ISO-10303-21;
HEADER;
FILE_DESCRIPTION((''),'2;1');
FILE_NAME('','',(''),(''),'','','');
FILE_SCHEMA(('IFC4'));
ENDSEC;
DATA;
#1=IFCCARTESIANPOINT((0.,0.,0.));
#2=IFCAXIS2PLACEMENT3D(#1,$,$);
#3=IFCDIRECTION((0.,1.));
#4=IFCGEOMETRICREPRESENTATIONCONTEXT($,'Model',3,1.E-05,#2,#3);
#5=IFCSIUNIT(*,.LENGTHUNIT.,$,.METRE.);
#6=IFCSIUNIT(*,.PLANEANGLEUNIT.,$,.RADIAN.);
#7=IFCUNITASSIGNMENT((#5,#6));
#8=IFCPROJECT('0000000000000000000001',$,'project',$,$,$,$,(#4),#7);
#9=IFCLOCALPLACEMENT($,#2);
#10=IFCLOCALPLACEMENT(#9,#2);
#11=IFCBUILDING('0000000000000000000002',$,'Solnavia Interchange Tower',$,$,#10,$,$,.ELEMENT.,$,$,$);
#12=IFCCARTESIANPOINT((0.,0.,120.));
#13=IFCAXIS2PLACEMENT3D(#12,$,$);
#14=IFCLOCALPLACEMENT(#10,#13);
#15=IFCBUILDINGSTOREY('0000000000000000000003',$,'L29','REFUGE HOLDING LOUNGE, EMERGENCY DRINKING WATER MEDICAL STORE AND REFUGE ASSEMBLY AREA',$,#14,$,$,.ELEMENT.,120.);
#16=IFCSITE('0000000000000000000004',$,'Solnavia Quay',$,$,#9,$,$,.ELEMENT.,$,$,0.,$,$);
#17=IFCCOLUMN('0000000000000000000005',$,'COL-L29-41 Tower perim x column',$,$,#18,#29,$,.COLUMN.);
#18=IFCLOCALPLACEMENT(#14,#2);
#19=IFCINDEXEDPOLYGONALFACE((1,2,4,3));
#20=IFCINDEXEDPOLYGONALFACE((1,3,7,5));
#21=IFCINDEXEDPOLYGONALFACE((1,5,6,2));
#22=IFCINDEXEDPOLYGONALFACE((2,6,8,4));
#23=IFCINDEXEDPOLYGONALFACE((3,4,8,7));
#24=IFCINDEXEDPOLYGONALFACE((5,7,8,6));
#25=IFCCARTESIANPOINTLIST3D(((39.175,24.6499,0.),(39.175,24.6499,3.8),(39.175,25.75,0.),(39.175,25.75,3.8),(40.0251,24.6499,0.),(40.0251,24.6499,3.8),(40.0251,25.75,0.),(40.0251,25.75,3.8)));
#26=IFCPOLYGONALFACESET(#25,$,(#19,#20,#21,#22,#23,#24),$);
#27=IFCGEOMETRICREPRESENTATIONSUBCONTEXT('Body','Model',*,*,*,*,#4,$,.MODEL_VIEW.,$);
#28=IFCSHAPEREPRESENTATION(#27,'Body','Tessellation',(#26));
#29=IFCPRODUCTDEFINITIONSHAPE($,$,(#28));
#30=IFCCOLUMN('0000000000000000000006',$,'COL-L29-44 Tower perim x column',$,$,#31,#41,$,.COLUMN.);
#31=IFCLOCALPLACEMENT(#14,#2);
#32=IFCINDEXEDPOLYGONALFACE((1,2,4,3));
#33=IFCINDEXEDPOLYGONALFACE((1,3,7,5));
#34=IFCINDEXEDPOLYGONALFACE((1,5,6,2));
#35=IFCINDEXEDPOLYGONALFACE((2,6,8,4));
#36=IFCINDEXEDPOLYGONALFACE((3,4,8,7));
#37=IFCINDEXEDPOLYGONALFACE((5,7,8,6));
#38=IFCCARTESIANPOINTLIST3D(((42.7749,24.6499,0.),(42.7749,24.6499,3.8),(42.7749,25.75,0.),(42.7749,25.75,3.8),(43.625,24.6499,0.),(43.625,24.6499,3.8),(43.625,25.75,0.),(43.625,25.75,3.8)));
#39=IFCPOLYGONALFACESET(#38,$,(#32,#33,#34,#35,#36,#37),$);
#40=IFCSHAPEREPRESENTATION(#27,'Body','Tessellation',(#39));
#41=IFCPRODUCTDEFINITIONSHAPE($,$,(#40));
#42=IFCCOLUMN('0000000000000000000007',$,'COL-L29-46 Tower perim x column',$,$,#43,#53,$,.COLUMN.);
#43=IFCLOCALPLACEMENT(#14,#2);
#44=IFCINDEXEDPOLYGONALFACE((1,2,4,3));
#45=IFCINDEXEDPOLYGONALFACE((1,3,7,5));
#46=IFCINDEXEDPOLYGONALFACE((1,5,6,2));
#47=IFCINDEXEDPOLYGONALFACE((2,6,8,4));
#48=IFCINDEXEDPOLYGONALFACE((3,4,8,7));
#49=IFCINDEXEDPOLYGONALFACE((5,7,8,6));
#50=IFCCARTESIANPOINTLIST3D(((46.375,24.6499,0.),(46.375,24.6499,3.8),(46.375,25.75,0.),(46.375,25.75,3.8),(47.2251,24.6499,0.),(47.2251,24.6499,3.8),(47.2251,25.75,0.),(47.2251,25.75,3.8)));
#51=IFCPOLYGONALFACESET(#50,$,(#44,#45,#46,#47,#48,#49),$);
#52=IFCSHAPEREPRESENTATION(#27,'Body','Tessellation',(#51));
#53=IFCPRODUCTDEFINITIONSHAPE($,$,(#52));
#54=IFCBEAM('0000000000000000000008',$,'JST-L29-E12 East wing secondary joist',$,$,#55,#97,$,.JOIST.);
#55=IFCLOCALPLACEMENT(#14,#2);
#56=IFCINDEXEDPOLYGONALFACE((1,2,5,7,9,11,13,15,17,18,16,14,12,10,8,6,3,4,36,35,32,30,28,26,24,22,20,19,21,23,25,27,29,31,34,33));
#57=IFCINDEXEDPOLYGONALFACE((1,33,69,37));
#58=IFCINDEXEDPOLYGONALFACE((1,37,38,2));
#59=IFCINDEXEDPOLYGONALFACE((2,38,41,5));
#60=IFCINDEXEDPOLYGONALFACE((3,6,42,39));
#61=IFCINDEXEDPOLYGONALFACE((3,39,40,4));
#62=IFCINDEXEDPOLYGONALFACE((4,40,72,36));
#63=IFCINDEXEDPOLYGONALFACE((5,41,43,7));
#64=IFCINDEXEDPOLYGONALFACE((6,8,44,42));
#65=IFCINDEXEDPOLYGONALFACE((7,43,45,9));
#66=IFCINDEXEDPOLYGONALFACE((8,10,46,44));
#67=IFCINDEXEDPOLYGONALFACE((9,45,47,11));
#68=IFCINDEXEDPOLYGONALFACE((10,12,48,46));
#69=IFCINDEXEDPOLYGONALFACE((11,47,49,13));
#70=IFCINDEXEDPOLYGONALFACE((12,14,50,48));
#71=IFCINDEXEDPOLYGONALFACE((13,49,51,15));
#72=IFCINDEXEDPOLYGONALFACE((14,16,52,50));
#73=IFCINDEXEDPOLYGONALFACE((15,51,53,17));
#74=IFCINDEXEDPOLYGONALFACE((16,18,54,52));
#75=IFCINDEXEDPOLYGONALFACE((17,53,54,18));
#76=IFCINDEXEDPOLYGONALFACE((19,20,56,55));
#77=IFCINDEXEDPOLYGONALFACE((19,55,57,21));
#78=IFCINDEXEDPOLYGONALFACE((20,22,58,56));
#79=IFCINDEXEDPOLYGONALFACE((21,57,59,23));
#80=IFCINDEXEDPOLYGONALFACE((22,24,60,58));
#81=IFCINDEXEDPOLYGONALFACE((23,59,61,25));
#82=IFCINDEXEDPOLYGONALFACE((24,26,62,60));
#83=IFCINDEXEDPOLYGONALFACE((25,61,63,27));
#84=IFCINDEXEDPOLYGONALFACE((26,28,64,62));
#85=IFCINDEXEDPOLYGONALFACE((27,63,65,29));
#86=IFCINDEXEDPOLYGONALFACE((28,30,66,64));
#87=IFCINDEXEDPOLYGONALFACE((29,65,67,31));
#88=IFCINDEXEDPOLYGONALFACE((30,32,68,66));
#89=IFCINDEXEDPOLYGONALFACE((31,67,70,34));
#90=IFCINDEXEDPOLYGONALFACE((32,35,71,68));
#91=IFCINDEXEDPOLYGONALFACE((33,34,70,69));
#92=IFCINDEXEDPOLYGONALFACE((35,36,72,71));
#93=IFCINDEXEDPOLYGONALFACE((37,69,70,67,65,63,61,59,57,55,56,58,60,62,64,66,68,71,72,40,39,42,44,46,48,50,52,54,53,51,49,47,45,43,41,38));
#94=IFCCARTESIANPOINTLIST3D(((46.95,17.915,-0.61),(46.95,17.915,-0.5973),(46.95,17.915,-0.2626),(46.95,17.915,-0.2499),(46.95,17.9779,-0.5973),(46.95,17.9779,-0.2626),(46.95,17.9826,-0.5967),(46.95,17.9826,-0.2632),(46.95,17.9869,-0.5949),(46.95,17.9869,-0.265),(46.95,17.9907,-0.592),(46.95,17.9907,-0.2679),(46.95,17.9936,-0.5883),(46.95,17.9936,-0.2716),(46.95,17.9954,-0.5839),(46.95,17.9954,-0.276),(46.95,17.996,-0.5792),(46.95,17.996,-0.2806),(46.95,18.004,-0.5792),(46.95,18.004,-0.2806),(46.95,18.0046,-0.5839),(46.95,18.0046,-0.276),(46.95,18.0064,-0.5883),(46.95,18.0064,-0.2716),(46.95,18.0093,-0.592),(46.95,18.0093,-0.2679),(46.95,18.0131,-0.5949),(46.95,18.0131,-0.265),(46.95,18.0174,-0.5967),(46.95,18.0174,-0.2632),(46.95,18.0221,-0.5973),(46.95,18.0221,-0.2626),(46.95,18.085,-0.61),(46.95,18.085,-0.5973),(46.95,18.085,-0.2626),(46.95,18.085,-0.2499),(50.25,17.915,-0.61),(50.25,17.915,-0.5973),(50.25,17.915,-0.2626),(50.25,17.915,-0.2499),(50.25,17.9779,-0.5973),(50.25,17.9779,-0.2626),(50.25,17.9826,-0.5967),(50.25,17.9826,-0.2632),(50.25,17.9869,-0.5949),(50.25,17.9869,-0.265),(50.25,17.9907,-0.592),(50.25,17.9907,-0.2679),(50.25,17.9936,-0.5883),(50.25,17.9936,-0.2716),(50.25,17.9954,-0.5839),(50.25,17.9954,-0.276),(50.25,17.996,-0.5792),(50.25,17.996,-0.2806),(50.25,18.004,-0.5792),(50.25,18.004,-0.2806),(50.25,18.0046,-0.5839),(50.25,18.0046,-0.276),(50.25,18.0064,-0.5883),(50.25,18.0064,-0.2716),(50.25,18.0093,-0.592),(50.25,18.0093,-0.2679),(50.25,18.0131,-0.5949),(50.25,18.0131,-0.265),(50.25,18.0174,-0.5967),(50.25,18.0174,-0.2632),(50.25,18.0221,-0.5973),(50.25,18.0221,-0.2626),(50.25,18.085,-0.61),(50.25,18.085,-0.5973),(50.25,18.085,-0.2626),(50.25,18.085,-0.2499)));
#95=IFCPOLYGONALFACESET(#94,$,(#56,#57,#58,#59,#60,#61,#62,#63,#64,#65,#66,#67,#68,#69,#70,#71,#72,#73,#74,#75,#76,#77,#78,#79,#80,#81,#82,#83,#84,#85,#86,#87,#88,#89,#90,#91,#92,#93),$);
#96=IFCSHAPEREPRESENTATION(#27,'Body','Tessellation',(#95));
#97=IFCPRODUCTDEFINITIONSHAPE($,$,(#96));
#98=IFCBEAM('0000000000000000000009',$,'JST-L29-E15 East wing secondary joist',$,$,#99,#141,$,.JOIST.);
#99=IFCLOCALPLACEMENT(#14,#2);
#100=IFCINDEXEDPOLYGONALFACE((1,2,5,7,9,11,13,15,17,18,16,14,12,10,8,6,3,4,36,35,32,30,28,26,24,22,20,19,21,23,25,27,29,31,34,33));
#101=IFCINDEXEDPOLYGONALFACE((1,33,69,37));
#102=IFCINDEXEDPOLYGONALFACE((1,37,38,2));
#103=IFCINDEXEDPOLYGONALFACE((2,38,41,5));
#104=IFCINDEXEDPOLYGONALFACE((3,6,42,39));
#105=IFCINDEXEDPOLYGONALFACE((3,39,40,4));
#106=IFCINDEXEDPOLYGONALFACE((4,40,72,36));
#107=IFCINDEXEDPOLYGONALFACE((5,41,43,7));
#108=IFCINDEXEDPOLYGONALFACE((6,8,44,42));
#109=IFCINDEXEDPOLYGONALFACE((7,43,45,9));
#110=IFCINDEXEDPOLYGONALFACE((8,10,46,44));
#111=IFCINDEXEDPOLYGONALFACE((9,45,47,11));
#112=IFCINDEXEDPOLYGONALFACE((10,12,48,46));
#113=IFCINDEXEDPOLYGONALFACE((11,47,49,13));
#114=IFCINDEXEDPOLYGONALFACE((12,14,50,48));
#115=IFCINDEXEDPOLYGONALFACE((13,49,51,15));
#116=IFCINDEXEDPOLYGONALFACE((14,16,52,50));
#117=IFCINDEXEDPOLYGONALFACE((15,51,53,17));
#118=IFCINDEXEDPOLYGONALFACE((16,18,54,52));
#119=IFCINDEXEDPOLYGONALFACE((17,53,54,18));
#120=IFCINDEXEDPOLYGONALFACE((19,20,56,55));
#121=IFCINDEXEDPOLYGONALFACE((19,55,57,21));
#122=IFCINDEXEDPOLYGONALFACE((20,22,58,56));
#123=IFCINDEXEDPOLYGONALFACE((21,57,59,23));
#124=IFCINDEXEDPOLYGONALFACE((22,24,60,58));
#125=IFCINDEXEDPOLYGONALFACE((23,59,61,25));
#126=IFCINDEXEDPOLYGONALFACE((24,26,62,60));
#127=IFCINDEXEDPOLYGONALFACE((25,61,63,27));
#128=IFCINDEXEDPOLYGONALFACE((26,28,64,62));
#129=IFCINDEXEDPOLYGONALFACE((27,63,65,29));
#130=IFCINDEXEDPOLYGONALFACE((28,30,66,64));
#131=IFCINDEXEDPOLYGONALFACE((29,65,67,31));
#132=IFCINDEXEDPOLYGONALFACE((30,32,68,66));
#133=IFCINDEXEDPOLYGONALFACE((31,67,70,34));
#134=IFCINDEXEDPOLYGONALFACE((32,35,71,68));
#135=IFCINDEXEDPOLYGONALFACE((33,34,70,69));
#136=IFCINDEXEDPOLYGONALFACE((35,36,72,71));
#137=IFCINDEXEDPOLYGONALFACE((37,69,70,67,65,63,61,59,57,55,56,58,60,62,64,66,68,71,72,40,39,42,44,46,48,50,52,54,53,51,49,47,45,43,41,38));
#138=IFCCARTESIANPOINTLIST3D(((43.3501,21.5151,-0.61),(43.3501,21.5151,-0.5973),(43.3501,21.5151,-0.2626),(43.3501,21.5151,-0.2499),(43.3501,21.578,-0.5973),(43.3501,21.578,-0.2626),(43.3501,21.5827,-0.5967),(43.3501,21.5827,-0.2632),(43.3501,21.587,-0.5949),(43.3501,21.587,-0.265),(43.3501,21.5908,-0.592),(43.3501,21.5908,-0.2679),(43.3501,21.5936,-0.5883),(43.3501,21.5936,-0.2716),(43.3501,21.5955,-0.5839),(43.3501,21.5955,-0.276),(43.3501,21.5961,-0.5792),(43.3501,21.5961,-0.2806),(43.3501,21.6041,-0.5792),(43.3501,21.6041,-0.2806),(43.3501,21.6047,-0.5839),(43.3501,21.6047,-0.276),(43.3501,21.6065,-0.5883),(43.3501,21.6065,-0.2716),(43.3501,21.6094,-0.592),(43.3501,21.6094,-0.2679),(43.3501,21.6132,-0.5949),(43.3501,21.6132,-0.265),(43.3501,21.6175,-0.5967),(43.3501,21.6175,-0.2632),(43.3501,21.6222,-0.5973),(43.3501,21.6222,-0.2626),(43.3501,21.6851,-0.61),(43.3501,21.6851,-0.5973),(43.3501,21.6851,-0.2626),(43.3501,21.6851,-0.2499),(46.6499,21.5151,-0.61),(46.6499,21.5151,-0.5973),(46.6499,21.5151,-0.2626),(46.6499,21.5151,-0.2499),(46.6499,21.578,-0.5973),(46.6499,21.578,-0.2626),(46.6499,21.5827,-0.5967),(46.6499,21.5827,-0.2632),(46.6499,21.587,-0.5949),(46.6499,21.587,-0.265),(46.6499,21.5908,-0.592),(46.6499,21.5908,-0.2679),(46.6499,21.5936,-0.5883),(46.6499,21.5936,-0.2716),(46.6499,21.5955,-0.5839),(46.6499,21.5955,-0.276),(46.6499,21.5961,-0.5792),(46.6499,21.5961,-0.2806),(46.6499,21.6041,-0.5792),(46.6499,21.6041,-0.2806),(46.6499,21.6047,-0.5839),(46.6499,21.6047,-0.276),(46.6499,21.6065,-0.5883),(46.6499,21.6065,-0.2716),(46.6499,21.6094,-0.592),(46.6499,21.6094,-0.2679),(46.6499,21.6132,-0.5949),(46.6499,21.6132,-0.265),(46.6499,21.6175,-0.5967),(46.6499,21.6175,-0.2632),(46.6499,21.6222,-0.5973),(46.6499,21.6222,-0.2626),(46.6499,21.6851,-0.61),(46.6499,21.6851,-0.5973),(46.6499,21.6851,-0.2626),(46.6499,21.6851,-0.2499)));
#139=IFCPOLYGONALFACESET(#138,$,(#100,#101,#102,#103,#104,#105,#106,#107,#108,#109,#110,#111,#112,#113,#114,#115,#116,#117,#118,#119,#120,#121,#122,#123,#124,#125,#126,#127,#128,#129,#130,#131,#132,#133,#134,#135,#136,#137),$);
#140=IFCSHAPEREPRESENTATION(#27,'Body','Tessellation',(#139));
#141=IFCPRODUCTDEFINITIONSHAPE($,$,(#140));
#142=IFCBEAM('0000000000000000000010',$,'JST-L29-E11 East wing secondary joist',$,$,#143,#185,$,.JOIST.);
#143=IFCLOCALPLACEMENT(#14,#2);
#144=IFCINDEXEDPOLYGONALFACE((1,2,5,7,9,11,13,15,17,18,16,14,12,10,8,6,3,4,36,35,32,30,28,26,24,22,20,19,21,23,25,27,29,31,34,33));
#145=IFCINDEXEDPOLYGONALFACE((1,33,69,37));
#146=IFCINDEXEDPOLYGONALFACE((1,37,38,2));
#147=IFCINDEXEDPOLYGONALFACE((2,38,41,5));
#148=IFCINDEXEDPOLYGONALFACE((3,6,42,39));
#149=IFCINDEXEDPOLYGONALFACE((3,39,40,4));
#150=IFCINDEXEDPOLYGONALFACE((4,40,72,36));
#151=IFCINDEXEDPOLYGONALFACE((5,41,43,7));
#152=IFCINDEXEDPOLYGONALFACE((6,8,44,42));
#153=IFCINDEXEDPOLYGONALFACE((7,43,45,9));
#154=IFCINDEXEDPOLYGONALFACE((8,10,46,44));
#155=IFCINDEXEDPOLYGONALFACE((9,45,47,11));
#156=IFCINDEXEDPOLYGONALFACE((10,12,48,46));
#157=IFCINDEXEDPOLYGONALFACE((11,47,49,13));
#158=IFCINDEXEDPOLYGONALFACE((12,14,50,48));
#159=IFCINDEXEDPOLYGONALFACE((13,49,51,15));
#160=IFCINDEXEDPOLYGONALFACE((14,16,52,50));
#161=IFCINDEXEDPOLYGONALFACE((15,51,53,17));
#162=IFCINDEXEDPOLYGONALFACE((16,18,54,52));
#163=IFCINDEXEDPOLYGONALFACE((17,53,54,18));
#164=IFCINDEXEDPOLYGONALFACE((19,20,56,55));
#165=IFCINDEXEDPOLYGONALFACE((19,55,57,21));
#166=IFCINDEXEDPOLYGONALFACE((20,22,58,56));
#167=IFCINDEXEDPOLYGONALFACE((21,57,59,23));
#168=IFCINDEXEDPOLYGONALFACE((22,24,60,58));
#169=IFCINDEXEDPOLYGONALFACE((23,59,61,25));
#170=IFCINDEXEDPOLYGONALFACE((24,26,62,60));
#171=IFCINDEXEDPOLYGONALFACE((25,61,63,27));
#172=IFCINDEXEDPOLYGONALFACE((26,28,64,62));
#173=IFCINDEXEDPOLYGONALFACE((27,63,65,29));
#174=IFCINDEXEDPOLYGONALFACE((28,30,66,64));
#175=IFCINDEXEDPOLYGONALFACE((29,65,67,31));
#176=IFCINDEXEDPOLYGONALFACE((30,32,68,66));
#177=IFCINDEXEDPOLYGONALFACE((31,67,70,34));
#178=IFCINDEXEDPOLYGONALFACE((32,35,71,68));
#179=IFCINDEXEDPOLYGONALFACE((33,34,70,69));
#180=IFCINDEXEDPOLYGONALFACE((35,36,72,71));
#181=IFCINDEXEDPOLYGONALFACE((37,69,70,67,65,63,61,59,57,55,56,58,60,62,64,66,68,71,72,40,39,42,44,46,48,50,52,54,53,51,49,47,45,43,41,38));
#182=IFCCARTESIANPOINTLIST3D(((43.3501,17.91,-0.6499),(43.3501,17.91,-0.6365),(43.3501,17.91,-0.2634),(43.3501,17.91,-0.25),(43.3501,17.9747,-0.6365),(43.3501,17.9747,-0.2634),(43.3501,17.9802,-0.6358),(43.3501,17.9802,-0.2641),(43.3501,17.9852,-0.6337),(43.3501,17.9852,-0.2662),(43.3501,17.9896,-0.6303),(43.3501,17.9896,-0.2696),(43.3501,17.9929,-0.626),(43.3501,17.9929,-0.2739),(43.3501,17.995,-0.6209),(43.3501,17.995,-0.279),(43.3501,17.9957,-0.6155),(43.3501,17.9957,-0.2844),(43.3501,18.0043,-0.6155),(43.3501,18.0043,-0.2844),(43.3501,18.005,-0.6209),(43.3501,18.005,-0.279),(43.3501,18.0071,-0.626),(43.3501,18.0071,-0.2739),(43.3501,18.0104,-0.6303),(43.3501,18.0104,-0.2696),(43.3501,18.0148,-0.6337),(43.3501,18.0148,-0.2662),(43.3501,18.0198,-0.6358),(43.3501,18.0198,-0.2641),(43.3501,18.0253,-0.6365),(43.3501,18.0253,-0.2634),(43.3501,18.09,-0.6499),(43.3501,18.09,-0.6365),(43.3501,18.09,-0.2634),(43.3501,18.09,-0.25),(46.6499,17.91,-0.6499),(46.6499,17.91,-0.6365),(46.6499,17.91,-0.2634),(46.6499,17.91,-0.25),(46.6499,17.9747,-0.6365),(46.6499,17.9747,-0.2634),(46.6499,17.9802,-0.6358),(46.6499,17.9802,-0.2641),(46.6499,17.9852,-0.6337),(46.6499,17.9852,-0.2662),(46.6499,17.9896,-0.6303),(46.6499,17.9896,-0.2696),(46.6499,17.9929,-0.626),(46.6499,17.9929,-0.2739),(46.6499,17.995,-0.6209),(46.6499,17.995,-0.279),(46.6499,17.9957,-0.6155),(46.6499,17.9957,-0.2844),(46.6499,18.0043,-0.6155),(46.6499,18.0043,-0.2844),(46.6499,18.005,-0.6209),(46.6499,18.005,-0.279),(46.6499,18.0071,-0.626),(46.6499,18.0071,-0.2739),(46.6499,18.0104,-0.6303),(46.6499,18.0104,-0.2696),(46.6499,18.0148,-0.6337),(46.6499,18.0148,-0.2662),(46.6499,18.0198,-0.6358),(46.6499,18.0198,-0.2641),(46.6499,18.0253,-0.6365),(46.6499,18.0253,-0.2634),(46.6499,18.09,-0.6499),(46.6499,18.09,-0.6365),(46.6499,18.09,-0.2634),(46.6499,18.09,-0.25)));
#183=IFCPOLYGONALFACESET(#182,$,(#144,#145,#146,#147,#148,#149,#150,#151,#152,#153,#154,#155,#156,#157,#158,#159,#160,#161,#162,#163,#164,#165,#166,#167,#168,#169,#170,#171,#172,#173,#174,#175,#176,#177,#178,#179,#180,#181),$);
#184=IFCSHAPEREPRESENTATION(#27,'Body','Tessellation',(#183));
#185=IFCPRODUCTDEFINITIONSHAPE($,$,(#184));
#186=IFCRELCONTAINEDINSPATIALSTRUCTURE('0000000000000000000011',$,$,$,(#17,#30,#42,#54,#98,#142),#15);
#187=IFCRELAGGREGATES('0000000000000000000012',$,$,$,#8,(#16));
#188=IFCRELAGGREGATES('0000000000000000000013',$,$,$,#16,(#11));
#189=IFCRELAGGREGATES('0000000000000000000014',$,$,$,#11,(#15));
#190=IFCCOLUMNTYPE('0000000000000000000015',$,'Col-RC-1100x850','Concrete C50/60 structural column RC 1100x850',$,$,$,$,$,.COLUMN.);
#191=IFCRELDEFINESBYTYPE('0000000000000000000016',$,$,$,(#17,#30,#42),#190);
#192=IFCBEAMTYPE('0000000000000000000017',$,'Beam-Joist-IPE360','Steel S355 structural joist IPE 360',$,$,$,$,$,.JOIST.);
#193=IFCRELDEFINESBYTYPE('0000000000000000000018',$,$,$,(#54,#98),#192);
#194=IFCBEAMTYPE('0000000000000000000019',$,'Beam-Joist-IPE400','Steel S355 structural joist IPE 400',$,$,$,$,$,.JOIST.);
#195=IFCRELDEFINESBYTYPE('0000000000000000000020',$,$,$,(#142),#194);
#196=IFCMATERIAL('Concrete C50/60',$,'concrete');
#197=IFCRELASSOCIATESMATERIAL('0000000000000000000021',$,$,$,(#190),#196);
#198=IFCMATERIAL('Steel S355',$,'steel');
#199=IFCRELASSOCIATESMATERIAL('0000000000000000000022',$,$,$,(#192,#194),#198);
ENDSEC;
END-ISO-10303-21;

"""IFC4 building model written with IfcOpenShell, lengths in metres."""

from ifc_helpers import new_model, si_unit, direction, frame, origin, origin_2d, place, context, subcontext, project, spatial, rectangle, i_section, extrude, material, material_profile, profile_set, type_object, element, save


model = new_model("IFC4")

# Units and contexts
model_context = context("Model", 3, precision=1e-05, world=origin(), true_north=direction((0.0, 1.0)))
body_context = subcontext(model_context, "Body", "Model", "MODEL_VIEW")
ifc_project = project(units=[si_unit("LENGTHUNIT", "METRE"), si_unit("PLANEANGLEUNIT", "RADIAN")], contexts=[model_context])

# Site, building, storey
site_placement = place(None, origin())
site = spatial("IfcSite", under=ifc_project, at=site_placement, Name="Solnavia Quay", CompositionType="ELEMENT", RefElevation=0.0)
building_placement = place(site_placement, origin())
building = spatial("IfcBuilding", under=site, at=building_placement, Name="Solnavia Interchange Tower", CompositionType="ELEMENT")
storey_placement = place(building_placement, frame((0.0, 0.0, 120.0)))
storey = spatial("IfcBuildingStorey", under=building, at=storey_placement, Name="L29", Description="REFUGE HOLDING LOUNGE, EMERGENCY DRINKING WATER MEDICAL STORE AND REFUGE ASSEMBLY AREA", CompositionType="ELEMENT", Elevation=120.0)

# Columns
ifc_material_1 = material(Name="Concrete C50/60", Category="concrete")
ifc_material_profile_1 = material_profile(ifc_material_1, rectangle(XDim=0.8501, YDim=1.1001, at=origin_2d()), Name="RC 1100x850")
ifc_profile_set_1 = profile_set([ifc_material_profile_1], Name="Concrete C50/60")
column_type = type_object("IfcColumnType", Name="Col-RC-1100x850", Description="Concrete C50/60 structural column RC 1100x850", PredefinedType="COLUMN", material=ifc_profile_set_1)
for number, where, z_axis, x_axis, name in (
    (1, (39.6001, 25.2, 0.0), (0.0, 0.0, 1.0), (1.0, 0.0, 0.0), "COL-L29-41 Tower perim x column"),
    (2, (43.2, 25.2, 0.0), (0.0, 0.0, 1.0), (1.0, 0.0, 0.0), "COL-L29-44 Tower perim x column"),
    (3, (46.8, 25.2, 0.0), (0.0, 0.0, 1.0), (1.0, 0.0, 0.0), "COL-L29-46 Tower perim x column"),
):
    element("IfcColumn", number, at=place(storey_placement, frame(where, z_axis=z_axis, x_axis=x_axis)), inside=storey, type_object=column_type, Name=name, PredefinedType="COLUMN", context=body_context, shape_type="SweptSolid", body=[
        extrude(rectangle(XDim=0.8501, YDim=1.1001, at=origin_2d()), origin(), (0.0, 0.0, 1.0), 3.8),
    ])

# Beams
ifc_material_2 = material(Name="Steel S355", Category="steel")
ifc_material_profile_2 = material_profile(ifc_material_2, i_section(OverallWidth=0.1699, OverallDepth=0.3601, WebThickness=0.0081, FlangeThickness=0.0127, FilletRadius=0.0181, at=origin_2d()), Name="IPE 360")
ifc_profile_set_2 = profile_set([ifc_material_profile_2], Name="Steel S355")
beam_type_1 = type_object("IfcBeamType", Name="Beam-Joist-IPE360", Description="Steel S355 structural joist IPE 360", PredefinedType="JOIST", material=ifc_profile_set_2)
beam_1_placement = place(storey_placement, frame((46.95, 18.0, -0.4299), z_axis=(1.0, 0.0, 0.0), x_axis=(0.0, 1.0, 0.0)))
element("IfcBeam", 4, at=beam_1_placement, inside=storey, type_object=beam_type_1, Name="JST-L29-E12 East wing secondary joist", PredefinedType="JOIST", context=body_context, shape_type="SweptSolid", body=[
    extrude(i_section(OverallWidth=0.1699, OverallDepth=0.3601, WebThickness=0.0081, FlangeThickness=0.0127, FilletRadius=0.0181, at=origin_2d()), origin(), (0.0, 0.0, 1.0), 3.3),
])
beam_2_placement = place(storey_placement, frame((43.3501, 21.6001, -0.4299), z_axis=(1.0, 0.0, 0.0), x_axis=(0.0, 1.0, 0.0)))
element("IfcBeam", 5, at=beam_2_placement, inside=storey, type_object=beam_type_1, Name="JST-L29-E15 East wing secondary joist", PredefinedType="JOIST", context=body_context, shape_type="SweptSolid", body=[
    extrude(i_section(OverallWidth=0.1699, OverallDepth=0.3601, WebThickness=0.0081, FlangeThickness=0.0127, FilletRadius=0.0181, at=origin_2d()), origin(), (0.0, 0.0, 1.0), 3.2998),
])
ifc_material_profile_3 = material_profile(ifc_material_2, i_section(OverallWidth=0.1799, OverallDepth=0.3999, WebThickness=0.0085, FlangeThickness=0.0134, FilletRadius=0.021, at=origin_2d()), Name="IPE 400")
ifc_profile_set_3 = profile_set([ifc_material_profile_3], Name="Steel S355")
beam_type_2 = type_object("IfcBeamType", Name="Beam-Joist-IPE400", Description="Steel S355 structural joist IPE 400", PredefinedType="JOIST", material=ifc_profile_set_3)
beam_3_placement = place(storey_placement, frame((43.3501, 18.0, -0.45), z_axis=(1.0, 0.0, 0.0), x_axis=(0.0, 1.0, 0.0)))
element("IfcBeam", 6, at=beam_3_placement, inside=storey, type_object=beam_type_2, Name="JST-L29-E11 East wing secondary joist", PredefinedType="JOIST", context=body_context, shape_type="SweptSolid", body=[
    extrude(i_section(OverallWidth=0.1799, OverallDepth=0.3999, WebThickness=0.0085, FlangeThickness=0.0134, FilletRadius=0.021, at=origin_2d()), origin(), (0.0, 0.0, 1.0), 3.2998),
])

save(model, "model.ifc")
